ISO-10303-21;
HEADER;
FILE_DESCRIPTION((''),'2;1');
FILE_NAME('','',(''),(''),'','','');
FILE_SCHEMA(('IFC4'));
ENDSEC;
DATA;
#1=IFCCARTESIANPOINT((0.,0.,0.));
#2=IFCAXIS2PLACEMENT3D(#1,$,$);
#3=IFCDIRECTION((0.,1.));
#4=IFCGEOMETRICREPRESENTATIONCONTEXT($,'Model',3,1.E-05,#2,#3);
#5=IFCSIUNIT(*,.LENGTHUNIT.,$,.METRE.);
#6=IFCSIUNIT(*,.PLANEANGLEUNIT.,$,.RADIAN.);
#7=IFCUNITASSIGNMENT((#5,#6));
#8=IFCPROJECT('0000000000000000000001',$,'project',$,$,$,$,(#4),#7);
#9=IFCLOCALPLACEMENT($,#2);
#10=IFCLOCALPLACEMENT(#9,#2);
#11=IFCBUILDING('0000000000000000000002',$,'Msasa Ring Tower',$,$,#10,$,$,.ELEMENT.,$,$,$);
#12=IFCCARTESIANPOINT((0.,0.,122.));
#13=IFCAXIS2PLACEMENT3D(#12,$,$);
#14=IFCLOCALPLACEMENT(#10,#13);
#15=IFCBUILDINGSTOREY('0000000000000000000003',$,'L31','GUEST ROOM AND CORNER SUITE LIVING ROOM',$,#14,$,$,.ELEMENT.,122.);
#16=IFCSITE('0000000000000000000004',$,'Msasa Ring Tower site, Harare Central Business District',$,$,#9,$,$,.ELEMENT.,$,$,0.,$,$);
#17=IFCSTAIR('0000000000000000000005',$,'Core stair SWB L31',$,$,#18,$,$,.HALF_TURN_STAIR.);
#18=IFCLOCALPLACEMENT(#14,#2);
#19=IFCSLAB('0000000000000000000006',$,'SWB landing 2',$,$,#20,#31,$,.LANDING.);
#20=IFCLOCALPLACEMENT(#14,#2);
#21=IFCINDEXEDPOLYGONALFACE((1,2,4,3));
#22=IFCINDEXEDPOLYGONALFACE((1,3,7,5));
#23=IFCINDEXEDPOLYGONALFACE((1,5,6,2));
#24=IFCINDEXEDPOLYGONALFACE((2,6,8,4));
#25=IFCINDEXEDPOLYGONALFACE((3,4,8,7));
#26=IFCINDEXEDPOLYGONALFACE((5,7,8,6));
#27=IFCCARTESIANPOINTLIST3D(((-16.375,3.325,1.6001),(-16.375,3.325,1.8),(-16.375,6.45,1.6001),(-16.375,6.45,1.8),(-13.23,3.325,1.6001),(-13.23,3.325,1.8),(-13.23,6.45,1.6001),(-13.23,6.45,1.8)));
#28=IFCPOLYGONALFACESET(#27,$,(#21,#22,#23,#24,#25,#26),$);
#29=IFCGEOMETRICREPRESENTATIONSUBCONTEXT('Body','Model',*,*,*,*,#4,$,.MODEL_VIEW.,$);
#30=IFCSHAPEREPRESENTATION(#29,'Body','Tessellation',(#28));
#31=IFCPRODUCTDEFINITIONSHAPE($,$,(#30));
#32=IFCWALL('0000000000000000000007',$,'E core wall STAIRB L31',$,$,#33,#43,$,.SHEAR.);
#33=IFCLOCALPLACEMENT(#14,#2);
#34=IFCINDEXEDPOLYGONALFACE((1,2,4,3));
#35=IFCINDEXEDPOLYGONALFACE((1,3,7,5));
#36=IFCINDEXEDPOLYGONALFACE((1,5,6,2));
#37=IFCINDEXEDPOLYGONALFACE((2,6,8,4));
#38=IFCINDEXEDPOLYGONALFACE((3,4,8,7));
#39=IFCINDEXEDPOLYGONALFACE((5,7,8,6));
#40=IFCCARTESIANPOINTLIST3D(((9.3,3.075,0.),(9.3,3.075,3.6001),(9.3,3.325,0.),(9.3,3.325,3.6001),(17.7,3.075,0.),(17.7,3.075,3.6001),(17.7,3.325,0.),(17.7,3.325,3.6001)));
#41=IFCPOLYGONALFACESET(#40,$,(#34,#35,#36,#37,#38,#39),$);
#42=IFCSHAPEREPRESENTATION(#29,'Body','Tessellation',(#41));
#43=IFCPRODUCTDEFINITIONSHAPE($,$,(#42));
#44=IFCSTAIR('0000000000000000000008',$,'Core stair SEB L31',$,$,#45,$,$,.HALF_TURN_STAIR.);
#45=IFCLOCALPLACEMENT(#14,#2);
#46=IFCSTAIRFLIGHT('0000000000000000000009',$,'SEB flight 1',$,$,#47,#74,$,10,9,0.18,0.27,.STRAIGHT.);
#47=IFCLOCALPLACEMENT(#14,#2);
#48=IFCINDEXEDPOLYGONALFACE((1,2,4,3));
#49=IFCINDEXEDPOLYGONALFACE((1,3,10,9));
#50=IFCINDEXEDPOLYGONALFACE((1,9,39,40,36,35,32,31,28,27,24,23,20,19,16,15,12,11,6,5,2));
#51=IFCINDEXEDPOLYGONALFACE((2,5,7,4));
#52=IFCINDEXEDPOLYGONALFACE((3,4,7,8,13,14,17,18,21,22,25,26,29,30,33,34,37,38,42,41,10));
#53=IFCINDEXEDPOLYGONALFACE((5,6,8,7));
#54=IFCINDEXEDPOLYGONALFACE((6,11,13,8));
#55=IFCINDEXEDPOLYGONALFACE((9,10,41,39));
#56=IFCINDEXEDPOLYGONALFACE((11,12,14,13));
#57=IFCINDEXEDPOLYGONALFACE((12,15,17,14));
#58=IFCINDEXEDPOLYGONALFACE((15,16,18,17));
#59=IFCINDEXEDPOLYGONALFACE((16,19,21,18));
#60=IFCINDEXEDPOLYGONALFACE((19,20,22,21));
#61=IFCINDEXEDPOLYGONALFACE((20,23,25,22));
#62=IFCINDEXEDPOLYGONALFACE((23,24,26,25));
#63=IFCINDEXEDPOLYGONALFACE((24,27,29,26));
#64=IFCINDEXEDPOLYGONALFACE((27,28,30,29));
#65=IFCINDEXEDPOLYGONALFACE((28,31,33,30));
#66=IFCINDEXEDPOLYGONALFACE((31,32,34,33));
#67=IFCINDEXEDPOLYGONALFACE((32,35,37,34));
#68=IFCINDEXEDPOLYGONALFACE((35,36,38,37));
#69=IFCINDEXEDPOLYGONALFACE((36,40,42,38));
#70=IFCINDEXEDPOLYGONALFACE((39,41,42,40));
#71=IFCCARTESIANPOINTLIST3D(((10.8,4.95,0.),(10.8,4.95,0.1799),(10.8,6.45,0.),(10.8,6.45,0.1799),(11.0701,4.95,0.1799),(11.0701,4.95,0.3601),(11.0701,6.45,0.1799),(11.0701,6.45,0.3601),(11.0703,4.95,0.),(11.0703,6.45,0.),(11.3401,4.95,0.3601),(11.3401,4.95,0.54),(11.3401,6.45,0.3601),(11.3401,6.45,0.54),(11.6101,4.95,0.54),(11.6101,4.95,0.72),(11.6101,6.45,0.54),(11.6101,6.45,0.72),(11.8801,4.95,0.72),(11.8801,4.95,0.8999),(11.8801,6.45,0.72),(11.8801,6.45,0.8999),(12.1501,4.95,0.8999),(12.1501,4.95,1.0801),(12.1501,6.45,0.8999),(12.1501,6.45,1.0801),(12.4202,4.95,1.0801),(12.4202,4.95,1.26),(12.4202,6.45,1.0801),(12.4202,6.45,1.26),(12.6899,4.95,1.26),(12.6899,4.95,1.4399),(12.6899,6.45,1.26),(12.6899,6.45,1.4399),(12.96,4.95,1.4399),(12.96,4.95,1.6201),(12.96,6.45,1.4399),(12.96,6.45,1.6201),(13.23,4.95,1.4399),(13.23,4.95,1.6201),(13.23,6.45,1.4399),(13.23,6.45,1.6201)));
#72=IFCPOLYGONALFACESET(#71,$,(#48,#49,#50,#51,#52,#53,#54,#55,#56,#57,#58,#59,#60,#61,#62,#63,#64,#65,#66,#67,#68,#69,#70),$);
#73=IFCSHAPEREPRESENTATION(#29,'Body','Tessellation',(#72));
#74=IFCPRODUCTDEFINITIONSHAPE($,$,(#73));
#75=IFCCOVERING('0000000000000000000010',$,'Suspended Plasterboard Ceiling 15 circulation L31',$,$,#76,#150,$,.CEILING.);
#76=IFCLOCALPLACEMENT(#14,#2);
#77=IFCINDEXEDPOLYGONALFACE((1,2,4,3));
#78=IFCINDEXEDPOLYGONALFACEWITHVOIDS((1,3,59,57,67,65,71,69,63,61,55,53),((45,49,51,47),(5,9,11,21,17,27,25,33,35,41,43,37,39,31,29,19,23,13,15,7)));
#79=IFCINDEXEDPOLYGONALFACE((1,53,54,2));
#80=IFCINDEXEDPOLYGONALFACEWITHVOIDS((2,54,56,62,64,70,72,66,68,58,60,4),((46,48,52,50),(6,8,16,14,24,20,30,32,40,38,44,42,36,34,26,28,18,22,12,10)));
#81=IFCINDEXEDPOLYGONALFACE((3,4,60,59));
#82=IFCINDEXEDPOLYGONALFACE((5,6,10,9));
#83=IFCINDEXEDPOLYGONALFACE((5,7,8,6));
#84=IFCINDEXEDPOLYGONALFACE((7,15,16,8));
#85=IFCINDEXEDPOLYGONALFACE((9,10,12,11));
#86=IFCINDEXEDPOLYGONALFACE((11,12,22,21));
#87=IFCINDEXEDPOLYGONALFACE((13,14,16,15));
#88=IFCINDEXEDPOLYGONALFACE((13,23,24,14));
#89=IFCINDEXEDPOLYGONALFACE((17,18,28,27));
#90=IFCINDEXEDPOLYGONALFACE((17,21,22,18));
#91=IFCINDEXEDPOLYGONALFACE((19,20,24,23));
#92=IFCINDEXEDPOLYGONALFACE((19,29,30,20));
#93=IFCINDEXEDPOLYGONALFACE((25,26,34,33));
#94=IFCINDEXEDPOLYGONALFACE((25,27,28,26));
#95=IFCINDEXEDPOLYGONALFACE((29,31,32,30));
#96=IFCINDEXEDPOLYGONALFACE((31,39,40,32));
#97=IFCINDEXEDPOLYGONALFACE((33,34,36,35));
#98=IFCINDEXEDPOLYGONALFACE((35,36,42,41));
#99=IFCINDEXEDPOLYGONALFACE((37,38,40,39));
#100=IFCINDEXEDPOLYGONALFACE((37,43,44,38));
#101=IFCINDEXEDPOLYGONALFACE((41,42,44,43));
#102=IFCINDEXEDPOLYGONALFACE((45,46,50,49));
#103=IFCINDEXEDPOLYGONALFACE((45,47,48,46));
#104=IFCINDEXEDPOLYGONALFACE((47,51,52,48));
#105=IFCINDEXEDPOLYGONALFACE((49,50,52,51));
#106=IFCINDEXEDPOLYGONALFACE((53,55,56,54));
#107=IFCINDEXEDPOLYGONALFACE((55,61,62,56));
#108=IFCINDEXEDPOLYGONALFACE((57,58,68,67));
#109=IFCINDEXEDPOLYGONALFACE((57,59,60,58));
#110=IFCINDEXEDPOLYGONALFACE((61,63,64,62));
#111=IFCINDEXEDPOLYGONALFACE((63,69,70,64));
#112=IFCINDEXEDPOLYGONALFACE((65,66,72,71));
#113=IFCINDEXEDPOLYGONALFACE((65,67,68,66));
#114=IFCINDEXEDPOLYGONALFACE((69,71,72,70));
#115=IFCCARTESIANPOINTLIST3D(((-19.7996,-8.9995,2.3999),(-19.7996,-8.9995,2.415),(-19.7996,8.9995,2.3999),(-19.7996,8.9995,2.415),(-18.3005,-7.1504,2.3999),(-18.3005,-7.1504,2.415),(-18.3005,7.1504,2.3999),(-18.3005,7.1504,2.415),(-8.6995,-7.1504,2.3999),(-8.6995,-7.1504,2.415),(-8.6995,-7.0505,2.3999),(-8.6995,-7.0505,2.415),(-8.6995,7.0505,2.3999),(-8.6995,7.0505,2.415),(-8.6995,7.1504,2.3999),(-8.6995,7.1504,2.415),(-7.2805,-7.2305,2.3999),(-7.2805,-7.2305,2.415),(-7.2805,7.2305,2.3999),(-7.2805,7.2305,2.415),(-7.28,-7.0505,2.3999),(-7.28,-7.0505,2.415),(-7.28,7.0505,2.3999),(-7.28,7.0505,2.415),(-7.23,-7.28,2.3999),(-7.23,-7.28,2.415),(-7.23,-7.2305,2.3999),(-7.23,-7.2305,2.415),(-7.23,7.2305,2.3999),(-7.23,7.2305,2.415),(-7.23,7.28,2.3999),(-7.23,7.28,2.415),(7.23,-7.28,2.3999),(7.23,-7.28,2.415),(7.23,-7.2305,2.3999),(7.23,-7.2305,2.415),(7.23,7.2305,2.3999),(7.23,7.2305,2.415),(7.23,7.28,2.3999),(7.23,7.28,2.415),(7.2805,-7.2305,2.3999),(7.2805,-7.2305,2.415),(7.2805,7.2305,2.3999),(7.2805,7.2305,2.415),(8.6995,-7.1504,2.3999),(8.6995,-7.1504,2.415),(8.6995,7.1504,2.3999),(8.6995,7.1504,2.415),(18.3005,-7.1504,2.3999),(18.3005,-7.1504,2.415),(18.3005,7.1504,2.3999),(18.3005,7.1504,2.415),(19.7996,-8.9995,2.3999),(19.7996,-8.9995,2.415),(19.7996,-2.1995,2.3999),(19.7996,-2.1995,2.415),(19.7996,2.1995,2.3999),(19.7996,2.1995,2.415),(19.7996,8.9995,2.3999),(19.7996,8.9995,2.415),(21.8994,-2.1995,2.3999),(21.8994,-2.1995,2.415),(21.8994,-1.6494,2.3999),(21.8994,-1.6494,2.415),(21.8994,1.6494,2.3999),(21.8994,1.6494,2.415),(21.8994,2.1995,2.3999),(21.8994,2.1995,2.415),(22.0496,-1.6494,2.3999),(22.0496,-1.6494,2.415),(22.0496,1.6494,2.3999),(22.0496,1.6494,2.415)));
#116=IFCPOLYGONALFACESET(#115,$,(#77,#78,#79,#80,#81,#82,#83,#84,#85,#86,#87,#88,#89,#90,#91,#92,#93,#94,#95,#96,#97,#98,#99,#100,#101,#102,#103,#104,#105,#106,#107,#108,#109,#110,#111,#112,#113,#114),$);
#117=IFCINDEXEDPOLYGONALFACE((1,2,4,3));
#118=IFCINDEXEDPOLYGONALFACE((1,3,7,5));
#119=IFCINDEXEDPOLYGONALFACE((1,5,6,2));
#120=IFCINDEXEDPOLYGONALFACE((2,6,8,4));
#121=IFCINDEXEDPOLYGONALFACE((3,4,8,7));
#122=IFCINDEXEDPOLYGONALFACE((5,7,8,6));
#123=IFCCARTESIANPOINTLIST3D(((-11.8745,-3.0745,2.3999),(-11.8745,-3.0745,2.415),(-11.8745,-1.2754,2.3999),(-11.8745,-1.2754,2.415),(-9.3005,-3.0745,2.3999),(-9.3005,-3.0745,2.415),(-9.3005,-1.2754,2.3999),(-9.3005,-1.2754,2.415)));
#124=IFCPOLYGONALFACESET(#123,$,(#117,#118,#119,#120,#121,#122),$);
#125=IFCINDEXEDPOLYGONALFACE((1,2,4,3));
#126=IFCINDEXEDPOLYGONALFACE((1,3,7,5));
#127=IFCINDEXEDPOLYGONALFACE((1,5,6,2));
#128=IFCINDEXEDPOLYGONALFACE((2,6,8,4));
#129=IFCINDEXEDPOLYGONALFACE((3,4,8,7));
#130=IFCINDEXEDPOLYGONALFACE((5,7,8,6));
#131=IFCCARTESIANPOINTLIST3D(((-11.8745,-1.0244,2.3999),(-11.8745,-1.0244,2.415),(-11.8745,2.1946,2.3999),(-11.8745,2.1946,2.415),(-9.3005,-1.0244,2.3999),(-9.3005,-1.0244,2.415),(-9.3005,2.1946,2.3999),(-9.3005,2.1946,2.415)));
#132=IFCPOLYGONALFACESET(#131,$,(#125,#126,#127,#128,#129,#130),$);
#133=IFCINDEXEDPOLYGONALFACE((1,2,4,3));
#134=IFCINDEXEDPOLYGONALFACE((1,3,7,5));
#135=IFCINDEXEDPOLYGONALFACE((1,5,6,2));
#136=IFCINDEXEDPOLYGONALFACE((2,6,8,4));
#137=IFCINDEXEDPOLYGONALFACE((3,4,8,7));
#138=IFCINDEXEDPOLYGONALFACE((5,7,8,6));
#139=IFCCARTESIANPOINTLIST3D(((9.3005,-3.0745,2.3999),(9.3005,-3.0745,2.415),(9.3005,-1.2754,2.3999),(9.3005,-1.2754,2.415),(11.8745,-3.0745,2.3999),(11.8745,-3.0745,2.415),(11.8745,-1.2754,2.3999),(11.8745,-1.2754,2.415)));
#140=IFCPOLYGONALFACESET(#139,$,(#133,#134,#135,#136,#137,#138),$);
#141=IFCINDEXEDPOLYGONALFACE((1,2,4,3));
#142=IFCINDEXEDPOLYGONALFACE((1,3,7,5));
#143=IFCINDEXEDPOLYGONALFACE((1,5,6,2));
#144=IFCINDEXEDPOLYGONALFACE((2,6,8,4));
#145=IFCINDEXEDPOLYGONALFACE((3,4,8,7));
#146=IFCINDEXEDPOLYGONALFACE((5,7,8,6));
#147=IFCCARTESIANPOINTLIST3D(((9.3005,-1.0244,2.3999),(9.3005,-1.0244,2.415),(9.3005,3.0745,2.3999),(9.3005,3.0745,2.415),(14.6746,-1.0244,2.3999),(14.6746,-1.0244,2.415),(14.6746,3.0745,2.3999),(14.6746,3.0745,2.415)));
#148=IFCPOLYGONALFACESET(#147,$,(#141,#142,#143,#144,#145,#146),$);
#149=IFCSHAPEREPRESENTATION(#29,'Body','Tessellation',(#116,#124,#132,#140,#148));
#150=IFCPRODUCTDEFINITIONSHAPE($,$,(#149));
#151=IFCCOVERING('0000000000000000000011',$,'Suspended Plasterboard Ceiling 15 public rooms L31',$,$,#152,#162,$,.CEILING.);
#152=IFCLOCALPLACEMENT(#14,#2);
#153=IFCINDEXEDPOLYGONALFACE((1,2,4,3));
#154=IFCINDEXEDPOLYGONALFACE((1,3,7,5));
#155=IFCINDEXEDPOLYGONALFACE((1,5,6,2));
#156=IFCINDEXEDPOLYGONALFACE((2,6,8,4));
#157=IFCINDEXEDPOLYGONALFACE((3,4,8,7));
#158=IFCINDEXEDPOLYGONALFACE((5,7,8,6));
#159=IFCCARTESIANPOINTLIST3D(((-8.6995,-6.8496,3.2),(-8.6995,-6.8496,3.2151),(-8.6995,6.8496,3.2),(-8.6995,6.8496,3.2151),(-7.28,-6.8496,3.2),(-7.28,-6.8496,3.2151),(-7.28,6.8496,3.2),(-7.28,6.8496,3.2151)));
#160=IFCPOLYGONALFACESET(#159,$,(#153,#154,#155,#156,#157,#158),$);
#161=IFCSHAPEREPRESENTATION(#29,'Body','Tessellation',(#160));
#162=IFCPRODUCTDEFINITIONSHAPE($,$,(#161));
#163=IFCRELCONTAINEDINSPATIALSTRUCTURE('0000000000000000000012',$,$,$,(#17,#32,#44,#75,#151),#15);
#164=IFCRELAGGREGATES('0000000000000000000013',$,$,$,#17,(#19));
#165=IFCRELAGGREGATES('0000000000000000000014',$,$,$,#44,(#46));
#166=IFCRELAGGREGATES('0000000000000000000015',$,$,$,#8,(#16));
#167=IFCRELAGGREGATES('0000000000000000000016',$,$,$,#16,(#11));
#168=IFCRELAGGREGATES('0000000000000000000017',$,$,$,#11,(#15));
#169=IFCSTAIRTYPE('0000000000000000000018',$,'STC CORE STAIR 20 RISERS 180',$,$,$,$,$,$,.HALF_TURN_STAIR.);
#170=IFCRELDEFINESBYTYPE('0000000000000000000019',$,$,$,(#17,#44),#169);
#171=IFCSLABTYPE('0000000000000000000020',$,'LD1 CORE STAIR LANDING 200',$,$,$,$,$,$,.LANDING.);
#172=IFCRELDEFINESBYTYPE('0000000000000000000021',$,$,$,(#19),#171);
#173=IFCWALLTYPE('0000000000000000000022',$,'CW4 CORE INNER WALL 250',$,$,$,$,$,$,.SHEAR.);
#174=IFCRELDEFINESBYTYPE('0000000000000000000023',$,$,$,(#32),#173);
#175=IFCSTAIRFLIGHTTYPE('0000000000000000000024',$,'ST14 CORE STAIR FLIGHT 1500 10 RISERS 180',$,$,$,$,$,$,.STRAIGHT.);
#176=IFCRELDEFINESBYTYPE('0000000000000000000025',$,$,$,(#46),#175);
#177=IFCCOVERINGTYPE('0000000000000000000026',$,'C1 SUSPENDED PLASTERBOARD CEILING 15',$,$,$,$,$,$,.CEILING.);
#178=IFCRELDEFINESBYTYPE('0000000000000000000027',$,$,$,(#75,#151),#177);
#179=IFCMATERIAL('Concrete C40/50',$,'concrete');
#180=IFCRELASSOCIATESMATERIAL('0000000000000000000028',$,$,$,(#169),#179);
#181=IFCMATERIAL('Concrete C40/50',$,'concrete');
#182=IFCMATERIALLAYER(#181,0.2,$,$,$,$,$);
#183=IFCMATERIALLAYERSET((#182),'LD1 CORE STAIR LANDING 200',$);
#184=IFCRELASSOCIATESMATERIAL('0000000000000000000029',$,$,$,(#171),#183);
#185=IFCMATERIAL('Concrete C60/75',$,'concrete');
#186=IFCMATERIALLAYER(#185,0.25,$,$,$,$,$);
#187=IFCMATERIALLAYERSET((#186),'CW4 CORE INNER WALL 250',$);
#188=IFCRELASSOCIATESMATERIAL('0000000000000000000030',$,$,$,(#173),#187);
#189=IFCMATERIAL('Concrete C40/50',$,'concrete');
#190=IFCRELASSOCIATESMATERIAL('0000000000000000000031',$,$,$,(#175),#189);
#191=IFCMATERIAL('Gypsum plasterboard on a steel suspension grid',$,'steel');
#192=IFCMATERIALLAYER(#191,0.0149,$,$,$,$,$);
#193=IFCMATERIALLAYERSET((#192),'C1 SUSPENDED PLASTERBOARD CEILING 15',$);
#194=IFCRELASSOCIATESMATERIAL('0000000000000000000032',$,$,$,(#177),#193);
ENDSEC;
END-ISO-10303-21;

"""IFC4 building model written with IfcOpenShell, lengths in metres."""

from ifc_helpers import new_model, si_unit, direction, frame, frame_2d, origin, place, context, subcontext, project, spatial, polyline, line, indexed_curve, rectangle, outline, extrude, material, layer, layer_set, type_object, element, aggregate, save


model = new_model("IFC4")

# Units and contexts
model_context = context("Model", 3, precision=1e-05, world=origin(), true_north=direction((0.0, 1.0)))
body_context = subcontext(model_context, "Body", "Model", "MODEL_VIEW")
ifc_project = project(units=[si_unit("LENGTHUNIT", "METRE"), si_unit("PLANEANGLEUNIT", "RADIAN")], contexts=[model_context])

# Site, building, storey
site_placement = place(None, origin())
site = spatial("IfcSite", under=ifc_project, at=site_placement, Name="Msasa Ring Tower site, Harare Central Business District", CompositionType="ELEMENT", RefElevation=0.0)
building_placement = place(site_placement, origin())
building = spatial("IfcBuilding", under=site, at=building_placement, Name="Msasa Ring Tower", CompositionType="ELEMENT")
storey_placement = place(building_placement, frame((0.0, 0.0, 122.0)))
storey = spatial("IfcBuildingStorey", under=building, at=storey_placement, Name="L31", Description="GUEST ROOM AND CORNER SUITE LIVING ROOM", CompositionType="ELEMENT", Elevation=122.0)

# Stair, slab
ifc_material_1 = material(Name="Concrete C40/50", Category="concrete")
stair_type = type_object("IfcStairType", Name="STC CORE STAIR 20 RISERS 180", PredefinedType="HALF_TURN_STAIR", material=ifc_material_1)
ifc_material_2 = material(Name="Concrete C40/50", Category="concrete")
ifc_layer_1 = layer(ifc_material_2, 0.2)
ifc_layer_set_1 = layer_set([ifc_layer_1], Name="LD1 CORE STAIR LANDING 200")
slab_type = type_object("IfcSlabType", Name="LD1 CORE STAIR LANDING 200", PredefinedType="LANDING", material=ifc_layer_set_1)
stair_1_placement = place(storey_placement, origin())
stair_1 = element("IfcStair", 1, at=stair_1_placement, inside=storey, type_object=stair_type, Name="Core stair SWB L31", PredefinedType="HALF_TURN_STAIR")
slab_1_placement = place(storey_placement, frame((0.0, 0.0, 1.6001)))
slab_1 = element("IfcSlab", 2, at=slab_1_placement, type_object=slab_type, Name="SWB landing 2", PredefinedType="LANDING", context=body_context, shape_type="SweptSolid", body=[
    extrude(outline(polyline([(-16.375, 3.325), (-13.23, 3.325), (-13.23, 6.45), (-16.375, 6.45), (-16.375, 3.325)])), origin(), (0.0, 0.0, 1.0), 0.2),
])
aggregate(stair_1, [slab_1])

# Wall
ifc_material_3 = material(Name="Concrete C60/75", Category="concrete")
ifc_layer_2 = layer(ifc_material_3, 0.25)
ifc_layer_set_2 = layer_set([ifc_layer_2], Name="CW4 CORE INNER WALL 250")
wall_type = type_object("IfcWallType", Name="CW4 CORE INNER WALL 250", PredefinedType="SHEAR", material=ifc_layer_set_2)
wall_placement = place(storey_placement, frame((9.3, 3.2, 0.0), z_axis=(0.0, 0.0, 1.0), x_axis=(1.0, 0.0, 0.0)))
element("IfcWall", 3, at=wall_placement, inside=storey, type_object=wall_type, Name="E core wall STAIRB L31", PredefinedType="SHEAR", context=body_context, shape_type="SweptSolid", body=[
    extrude(rectangle(XDim=8.3999, YDim=0.25, at=frame_2d((4.2, 0.0))), origin(), (0.0, 0.0, 1.0), 3.6001),
])

# Stair, stair flight
stair_2_placement = place(storey_placement, origin())
stair_2 = element("IfcStair", 4, at=stair_2_placement, inside=storey, type_object=stair_type, Name="Core stair SEB L31", PredefinedType="HALF_TURN_STAIR")
ifc_material_4 = material(Name="Concrete C40/50", Category="concrete")
stair_flight_type = type_object("IfcStairFlightType", Name="ST14 CORE STAIR FLIGHT 1500 10 RISERS 180", PredefinedType="STRAIGHT", material=ifc_material_4)
stair_flight_placement = place(storey_placement, frame((10.8, 5.7, 0.0), z_axis=(0.0, 0.0, 1.0), x_axis=(1.0, 0.0, 0.0)))
stair_flight = element("IfcStairFlight", 5, at=stair_flight_placement, type_object=stair_flight_type, Name="SEB flight 1", NumberOfRisers=10, NumberOfTreads=9, PredefinedType="STRAIGHT", RiserHeight=0.18, TreadLength=0.27, context=body_context, shape_type="SweptSolid", body=[
    extrude(outline(polyline([(0.0, 0.0), (0.0, 0.1799), (0.27, 0.1799), (0.27, 0.3601), (0.54, 0.3601), (0.54, 0.54), (0.8101, 0.54), (0.8101, 0.72), (1.0801, 0.72), (1.0801, 0.8999), (1.3501, 0.8999), (1.3501, 1.0801), (1.6201, 1.0801), (1.6201, 1.26), (1.8899, 1.26), (1.8899, 1.4399), (2.1599, 1.4399), (2.1599, 1.6201), (2.4299, 1.6201), (2.4299, 1.8), (2.4299, 1.4399), (0.2703, 0.0), (0.0, 0.0)])), frame((0.0, 0.75, 0.0), z_axis=(0.0, -1.0, 0.0), x_axis=(1.0, 0.0, 0.0)), (0.0, 0.0, 1.0), 1.5),
])
aggregate(stair_2, [stair_flight])

# Coverings
ifc_material_5 = material(Name="Gypsum plasterboard on a steel suspension grid", Category="steel")
ifc_layer_3 = layer(ifc_material_5, 0.0149)
ifc_layer_set_3 = layer_set([ifc_layer_3], Name="C1 SUSPENDED PLASTERBOARD CEILING 15")
covering_type_1 = type_object("IfcCoveringType", Name="C1 SUSPENDED PLASTERBOARD CEILING 15", PredefinedType="CEILING", material=ifc_layer_set_3)
covering_1_placement = place(storey_placement, frame((0.0, 0.0, 2.3999)))
element("IfcCovering", 6, at=covering_1_placement, inside=storey, type_object=covering_type_1, Name="Suspended Plasterboard Ceiling 15 circulation L31", PredefinedType="CEILING", context=body_context, shape_type="SweptSolid", body=[
    extrude(outline(indexed_curve([(19.7996, 2.1995), (21.8994, 2.1995), (21.8994, 1.6494), (22.0496, 1.6494), (22.0496, -1.6494), (21.8994, -1.6494), (21.8994, -2.1995), (19.7996, -2.1995), (19.7996, -8.9995), (-19.7996, -8.9995), (-19.7996, 8.9995), (19.7996, 8.9995)], segments=[line(1, 2, 3, 4, 5, 6, 7, 8, 9, 10, 11, 12, 1)], self_intersect=False), holes=[indexed_curve([(18.3005, -7.1504), (18.3005, 7.1504), (8.6995, 7.1504), (8.6995, -7.1504)], segments=[line(1, 2, 3, 4, 1)], self_intersect=False), indexed_curve([(-8.6995, 7.1504), (-18.3005, 7.1504), (-18.3005, -7.1504), (-8.6995, -7.1504), (-8.6995, -7.0505), (-7.28, -7.0505), (-7.2805, -7.2305), (-7.23, -7.2305), (-7.23, -7.28), (7.23, -7.28), (7.23, -7.2305), (7.2805, -7.2305), (7.2805, 7.2305), (7.23, 7.2305), (7.23, 7.28), (-7.23, 7.28), (-7.23, 7.2305), (-7.2805, 7.2305), (-7.28, 7.0505), (-8.6995, 7.0505)], segments=[line(1, 2, 3, 4, 5, 6, 7, 8, 9, 10, 11, 12, 13, 14, 15, 16, 17, 18, 19, 20, 1)], self_intersect=False)]), origin(), (0.0, 0.0, 1.0), 0.0151),
    extrude(outline(indexed_curve([(-9.3005, -3.0745), (-11.8745, -3.0745), (-11.8745, -1.2754), (-9.3005, -1.2754)], segments=[line(1, 2, 3, 4, 1)], self_intersect=False)), origin(), (0.0, 0.0, 1.0), 0.0151),
    extrude(outline(indexed_curve([(-11.8745, -1.0244), (-11.8745, 2.1946), (-9.3005, 2.1946), (-9.3005, -1.0244)], segments=[line(1, 2, 3, 4, 1)], self_intersect=False)), origin(), (0.0, 0.0, 1.0), 0.0151),
    extrude(outline(indexed_curve([(11.8745, -3.0745), (9.3005, -3.0745), (9.3005, -1.2754), (11.8745, -1.2754)], segments=[line(1, 2, 3, 4, 1)], self_intersect=False)), origin(), (0.0, 0.0, 1.0), 0.0151),
    extrude(outline(indexed_curve([(9.3005, -1.0244), (9.3005, 3.0745), (14.6746, 3.0745), (14.6746, -1.0244)], segments=[line(1, 2, 3, 4, 1)], self_intersect=False)), origin(), (0.0, 0.0, 1.0), 0.0151),
])
covering_2_placement = place(storey_placement, frame((0.0, 0.0, 3.2)))
element("IfcCovering", 7, at=covering_2_placement, inside=storey, type_object=covering_type_1, Name="Suspended Plasterboard Ceiling 15 public rooms L31", PredefinedType="CEILING", context=body_context, shape_type="SweptSolid", body=[
    extrude(outline(indexed_curve([(-8.6995, 6.8496), (-7.28, 6.8496), (-7.28, -6.8496), (-8.6995, -6.8496)], segments=[line(1, 2, 3, 4, 1)], self_intersect=False)), origin(), (0.0, 0.0, 1.0), 0.0151),
])

save(model, "model.ifc")
